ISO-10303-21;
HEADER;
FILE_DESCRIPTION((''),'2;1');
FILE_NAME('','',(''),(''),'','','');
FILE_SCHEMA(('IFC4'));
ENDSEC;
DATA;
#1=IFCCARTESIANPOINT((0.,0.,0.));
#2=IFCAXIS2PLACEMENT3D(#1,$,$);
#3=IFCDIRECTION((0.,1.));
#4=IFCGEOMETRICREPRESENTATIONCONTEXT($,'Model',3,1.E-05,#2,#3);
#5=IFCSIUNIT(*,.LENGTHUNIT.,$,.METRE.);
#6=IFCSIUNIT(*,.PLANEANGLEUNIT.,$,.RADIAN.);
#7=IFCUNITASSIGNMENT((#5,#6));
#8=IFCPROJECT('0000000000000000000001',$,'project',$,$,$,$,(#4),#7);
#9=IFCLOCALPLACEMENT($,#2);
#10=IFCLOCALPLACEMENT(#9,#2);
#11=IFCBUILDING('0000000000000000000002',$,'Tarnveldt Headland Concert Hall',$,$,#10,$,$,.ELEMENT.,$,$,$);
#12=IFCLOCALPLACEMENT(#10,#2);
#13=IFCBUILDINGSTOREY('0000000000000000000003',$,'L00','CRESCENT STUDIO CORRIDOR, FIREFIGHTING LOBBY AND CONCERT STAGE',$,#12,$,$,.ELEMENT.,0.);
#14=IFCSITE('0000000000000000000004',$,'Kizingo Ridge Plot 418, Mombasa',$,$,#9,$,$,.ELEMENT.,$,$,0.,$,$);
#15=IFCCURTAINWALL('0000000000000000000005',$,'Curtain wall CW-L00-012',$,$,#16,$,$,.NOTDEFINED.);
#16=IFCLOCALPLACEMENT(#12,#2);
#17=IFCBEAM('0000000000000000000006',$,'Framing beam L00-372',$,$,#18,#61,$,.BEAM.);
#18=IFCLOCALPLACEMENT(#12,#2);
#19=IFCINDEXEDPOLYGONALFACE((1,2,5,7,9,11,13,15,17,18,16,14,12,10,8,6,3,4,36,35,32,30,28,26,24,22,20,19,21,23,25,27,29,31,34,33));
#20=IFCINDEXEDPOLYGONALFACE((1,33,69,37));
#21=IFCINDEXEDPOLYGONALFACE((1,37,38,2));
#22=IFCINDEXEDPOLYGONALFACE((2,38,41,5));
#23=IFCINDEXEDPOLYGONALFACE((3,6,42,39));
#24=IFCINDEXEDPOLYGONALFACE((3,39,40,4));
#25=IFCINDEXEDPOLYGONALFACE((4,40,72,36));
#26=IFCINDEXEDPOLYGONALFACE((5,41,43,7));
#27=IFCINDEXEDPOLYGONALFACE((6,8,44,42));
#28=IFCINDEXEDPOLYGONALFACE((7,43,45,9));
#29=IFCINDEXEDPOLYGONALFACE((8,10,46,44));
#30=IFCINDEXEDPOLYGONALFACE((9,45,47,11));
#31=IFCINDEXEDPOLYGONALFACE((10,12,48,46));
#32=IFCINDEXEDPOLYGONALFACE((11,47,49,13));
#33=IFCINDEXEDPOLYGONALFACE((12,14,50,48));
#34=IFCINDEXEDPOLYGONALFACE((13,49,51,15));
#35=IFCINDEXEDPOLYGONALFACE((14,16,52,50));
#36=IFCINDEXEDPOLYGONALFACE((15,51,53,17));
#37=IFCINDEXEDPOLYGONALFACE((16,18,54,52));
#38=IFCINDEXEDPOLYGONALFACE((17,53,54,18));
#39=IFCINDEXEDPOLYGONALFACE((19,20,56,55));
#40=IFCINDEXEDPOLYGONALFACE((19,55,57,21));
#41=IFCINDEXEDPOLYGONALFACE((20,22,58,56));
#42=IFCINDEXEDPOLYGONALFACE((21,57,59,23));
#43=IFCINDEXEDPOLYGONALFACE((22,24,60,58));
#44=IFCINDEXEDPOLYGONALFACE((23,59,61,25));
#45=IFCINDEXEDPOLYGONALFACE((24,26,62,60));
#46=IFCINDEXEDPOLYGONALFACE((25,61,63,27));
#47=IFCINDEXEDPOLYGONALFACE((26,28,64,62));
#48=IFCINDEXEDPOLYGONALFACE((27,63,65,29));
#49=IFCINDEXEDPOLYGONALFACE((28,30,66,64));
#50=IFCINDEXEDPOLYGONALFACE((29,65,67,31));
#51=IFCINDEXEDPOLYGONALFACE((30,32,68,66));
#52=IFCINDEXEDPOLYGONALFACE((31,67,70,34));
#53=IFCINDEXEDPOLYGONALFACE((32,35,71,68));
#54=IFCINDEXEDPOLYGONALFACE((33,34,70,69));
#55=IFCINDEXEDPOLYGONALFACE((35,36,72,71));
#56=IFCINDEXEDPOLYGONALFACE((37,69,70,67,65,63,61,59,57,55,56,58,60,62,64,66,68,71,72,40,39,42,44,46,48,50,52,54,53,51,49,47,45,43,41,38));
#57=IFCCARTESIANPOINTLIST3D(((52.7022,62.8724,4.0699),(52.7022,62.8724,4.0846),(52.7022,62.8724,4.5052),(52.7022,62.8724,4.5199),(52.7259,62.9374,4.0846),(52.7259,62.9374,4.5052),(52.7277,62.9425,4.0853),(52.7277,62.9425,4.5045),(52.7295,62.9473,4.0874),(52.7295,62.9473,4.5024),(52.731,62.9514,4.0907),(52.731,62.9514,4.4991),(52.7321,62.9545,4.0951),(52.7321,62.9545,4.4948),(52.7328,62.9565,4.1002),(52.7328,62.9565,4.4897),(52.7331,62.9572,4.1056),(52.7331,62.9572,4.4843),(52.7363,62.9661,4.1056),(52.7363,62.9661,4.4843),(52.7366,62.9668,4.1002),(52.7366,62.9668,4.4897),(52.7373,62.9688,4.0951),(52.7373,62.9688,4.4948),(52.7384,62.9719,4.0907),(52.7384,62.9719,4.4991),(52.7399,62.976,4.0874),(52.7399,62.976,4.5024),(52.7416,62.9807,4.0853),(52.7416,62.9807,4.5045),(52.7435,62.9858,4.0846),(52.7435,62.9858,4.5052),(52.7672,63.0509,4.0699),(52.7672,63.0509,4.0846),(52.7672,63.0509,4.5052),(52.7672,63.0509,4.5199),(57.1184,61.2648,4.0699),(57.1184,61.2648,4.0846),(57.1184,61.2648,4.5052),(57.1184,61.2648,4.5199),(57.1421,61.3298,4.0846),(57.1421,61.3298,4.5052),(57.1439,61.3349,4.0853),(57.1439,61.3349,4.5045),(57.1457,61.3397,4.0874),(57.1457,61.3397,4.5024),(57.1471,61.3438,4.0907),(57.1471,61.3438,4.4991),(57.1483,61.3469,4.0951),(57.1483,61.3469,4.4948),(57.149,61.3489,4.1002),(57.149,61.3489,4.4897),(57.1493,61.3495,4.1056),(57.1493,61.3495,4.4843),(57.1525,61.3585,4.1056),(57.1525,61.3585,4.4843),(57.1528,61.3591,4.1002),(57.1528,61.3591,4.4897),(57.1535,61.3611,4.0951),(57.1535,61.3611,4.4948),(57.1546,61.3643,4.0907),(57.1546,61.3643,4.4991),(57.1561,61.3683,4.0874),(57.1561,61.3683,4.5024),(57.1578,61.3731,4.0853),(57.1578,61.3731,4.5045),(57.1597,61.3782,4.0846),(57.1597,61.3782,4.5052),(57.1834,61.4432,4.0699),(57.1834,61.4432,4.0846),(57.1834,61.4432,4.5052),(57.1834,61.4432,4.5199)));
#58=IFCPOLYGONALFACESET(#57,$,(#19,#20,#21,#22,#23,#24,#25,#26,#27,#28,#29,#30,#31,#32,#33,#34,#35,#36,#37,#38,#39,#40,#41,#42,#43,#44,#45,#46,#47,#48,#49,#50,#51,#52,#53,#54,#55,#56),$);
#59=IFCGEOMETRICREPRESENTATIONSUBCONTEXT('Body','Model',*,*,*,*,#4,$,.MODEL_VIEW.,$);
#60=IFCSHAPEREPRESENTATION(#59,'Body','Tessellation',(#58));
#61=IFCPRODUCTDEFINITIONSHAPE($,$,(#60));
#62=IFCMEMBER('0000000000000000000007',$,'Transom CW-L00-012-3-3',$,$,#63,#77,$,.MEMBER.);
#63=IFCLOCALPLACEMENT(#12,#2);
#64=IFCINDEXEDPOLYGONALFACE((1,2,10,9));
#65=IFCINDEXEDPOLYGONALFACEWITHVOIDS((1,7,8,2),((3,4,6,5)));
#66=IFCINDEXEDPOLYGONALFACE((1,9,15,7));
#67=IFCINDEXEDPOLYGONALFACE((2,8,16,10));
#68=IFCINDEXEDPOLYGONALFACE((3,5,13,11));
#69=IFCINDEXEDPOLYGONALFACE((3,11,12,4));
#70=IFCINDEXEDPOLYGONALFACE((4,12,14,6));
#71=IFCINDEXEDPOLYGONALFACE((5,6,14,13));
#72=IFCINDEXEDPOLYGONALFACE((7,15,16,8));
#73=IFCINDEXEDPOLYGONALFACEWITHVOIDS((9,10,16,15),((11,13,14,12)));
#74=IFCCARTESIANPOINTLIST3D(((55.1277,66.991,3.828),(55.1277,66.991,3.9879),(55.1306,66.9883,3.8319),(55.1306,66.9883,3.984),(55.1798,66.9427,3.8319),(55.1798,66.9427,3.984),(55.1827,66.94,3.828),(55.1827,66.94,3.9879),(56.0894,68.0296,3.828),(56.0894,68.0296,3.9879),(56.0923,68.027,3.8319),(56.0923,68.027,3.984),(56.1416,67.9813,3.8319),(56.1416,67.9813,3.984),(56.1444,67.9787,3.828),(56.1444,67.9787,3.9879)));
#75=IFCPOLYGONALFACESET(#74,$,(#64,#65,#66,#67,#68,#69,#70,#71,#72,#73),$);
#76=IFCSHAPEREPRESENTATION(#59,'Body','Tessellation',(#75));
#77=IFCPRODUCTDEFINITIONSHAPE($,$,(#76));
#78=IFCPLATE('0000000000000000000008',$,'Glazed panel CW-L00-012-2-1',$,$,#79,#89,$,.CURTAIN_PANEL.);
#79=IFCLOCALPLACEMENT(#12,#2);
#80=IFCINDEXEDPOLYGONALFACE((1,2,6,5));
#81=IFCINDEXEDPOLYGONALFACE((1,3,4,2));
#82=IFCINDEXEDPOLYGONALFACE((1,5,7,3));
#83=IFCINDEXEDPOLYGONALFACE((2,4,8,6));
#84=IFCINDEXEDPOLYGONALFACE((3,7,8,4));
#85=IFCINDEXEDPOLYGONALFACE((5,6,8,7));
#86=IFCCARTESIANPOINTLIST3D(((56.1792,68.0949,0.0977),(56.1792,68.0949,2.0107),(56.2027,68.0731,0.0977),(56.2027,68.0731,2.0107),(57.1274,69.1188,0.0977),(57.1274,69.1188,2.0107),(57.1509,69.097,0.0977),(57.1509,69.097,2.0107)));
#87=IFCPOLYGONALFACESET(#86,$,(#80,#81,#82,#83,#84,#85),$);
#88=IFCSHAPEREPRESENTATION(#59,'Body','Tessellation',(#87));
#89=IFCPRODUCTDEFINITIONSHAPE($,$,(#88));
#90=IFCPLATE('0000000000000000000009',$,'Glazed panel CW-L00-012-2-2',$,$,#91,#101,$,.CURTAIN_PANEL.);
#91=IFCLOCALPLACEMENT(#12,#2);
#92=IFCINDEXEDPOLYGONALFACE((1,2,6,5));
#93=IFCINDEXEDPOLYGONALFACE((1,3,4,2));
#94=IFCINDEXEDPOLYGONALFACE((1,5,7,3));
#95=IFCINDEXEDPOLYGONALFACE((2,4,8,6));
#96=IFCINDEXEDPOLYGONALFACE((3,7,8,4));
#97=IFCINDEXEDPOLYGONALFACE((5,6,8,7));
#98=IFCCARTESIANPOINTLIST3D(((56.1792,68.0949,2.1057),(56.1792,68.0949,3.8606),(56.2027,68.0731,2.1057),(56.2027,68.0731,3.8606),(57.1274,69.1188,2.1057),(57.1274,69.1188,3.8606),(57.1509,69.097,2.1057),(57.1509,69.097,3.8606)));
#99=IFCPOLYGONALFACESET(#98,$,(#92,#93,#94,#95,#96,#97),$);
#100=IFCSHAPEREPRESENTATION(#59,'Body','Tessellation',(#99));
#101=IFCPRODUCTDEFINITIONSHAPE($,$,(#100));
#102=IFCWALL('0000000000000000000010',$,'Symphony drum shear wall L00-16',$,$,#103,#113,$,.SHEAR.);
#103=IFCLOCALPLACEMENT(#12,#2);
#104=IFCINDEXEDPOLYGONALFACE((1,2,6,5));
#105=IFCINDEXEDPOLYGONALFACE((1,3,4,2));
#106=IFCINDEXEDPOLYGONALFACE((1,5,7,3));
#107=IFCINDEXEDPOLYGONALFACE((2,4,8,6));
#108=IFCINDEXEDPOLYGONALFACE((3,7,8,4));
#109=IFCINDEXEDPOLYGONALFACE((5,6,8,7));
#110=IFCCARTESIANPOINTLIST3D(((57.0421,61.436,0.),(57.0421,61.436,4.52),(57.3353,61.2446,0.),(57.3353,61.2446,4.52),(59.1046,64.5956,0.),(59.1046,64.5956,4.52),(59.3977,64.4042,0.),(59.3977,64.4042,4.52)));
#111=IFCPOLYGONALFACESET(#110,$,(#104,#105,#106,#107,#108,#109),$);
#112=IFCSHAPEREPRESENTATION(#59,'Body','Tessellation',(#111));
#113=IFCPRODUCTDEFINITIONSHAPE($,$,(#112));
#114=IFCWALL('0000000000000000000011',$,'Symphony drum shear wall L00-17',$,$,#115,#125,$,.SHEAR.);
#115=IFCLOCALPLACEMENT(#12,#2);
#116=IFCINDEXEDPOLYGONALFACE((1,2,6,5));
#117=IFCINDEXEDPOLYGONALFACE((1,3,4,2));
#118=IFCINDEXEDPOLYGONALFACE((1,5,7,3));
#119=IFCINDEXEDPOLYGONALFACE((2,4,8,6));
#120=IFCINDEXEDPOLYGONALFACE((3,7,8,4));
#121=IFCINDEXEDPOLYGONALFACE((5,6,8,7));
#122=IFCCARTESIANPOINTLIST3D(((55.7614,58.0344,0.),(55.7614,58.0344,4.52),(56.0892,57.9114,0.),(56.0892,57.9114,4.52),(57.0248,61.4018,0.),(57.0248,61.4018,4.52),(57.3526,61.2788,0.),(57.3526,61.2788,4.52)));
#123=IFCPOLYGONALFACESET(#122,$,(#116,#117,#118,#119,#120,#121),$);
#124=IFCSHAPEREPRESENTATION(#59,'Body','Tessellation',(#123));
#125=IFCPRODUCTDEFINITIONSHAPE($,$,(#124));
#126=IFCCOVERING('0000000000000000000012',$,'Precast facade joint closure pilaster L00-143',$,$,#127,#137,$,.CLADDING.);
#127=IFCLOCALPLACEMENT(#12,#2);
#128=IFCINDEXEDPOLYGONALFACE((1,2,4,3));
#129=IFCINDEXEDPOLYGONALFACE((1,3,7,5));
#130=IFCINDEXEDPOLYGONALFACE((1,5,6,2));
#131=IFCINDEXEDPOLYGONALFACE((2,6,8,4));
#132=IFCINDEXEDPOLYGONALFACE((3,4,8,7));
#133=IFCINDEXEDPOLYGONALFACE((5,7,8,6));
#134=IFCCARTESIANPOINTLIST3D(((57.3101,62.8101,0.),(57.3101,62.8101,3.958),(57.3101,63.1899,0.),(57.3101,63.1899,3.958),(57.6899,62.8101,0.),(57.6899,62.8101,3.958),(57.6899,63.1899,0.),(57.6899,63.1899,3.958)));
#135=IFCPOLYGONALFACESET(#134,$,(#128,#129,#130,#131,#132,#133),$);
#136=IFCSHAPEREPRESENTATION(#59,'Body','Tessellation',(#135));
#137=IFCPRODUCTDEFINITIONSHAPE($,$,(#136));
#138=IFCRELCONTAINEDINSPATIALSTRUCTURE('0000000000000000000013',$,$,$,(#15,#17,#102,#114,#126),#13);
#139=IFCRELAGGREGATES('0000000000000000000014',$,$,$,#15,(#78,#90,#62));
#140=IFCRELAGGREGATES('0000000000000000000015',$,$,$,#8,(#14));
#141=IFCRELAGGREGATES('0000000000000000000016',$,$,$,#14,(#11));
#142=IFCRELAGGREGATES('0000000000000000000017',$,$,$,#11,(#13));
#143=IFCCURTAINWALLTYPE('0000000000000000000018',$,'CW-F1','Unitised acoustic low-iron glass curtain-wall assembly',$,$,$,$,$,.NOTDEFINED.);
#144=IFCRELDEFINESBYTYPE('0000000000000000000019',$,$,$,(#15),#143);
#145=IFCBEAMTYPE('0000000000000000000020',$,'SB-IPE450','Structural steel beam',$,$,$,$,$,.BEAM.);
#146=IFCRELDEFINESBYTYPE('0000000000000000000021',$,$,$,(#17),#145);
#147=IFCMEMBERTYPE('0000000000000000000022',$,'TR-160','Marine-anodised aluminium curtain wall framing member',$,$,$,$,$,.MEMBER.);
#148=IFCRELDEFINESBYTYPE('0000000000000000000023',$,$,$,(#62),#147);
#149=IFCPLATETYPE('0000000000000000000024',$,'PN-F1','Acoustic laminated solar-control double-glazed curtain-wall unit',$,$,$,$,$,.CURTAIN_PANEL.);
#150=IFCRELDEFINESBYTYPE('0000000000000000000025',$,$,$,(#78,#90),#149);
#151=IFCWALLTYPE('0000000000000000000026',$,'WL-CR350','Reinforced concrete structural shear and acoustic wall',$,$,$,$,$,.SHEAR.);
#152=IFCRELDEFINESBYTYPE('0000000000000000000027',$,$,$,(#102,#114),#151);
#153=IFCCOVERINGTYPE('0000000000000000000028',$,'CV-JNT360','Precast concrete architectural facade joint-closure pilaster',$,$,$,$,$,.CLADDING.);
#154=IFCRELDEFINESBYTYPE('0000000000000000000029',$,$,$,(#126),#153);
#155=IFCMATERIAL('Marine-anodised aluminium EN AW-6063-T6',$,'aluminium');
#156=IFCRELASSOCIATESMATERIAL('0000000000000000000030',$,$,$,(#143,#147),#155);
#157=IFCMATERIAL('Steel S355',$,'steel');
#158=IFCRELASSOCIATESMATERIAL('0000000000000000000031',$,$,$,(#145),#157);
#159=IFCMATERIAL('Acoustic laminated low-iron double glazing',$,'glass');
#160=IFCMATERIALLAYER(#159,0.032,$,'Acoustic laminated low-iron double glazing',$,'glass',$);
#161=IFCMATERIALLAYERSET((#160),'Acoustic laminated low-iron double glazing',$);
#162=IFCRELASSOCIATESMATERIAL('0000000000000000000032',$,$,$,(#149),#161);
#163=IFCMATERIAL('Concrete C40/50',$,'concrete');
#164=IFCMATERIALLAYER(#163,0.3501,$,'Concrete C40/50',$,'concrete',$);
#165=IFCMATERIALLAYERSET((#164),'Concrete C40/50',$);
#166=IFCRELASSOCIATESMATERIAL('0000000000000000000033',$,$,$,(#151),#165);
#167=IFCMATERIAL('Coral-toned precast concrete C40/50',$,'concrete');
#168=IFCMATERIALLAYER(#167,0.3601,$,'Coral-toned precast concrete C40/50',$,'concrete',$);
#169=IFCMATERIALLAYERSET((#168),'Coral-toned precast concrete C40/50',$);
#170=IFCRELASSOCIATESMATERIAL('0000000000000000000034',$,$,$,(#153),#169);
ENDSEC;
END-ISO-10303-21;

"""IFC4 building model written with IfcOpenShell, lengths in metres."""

from ifc_helpers import new_model, si_unit, direction, frame, frame_2d, origin, origin_2d, place, context, subcontext, project, spatial, rectangle, hollow_rectangle, i_section, extrude, material, layer, layer_set, material_profile, profile_set, type_object, element, aggregate, save


model = new_model("IFC4")

# Units and contexts
model_context = context("Model", 3, precision=1e-05, world=origin(), true_north=direction((0.0, 1.0)))
body_context = subcontext(model_context, "Body", "Model", "MODEL_VIEW")
ifc_project = project(units=[si_unit("LENGTHUNIT", "METRE"), si_unit("PLANEANGLEUNIT", "RADIAN")], contexts=[model_context])

# Site, building, storey
site_placement = place(None, origin())
site = spatial("IfcSite", under=ifc_project, at=site_placement, Name="Kizingo Ridge Plot 418, Mombasa", CompositionType="ELEMENT", RefElevation=0.0)
building_placement = place(site_placement, origin())
building = spatial("IfcBuilding", under=site, at=building_placement, Name="Tarnveldt Headland Concert Hall", CompositionType="ELEMENT")
storey_placement = place(building_placement, origin())
storey = spatial("IfcBuildingStorey", under=building, at=storey_placement, Name="L00", Description="CRESCENT STUDIO CORRIDOR, FIREFIGHTING LOBBY AND CONCERT STAGE", CompositionType="ELEMENT", Elevation=0.0)

# Shared definitions
ifc_material_1 = material(Name="Concrete C40/50", Category="concrete")

# Curtain wall
ifc_material_2 = material(Name="Marine-anodised aluminium EN AW-6063-T6", Category="aluminium")
curtain_wall_type = type_object("IfcCurtainWallType", Name="CW-F1", Description="Unitised acoustic low-iron glass curtain-wall assembly", PredefinedType="NOTDEFINED", material=ifc_material_2)
curtain_wall_placement = place(storey_placement, origin())
curtain_wall = element("IfcCurtainWall", 1, at=curtain_wall_placement, inside=storey, type_object=curtain_wall_type, Name="Curtain wall CW-L00-012", PredefinedType="NOTDEFINED")

# Beam
ifc_material_3 = material(Name="Steel S355", Category="steel")
ifc_material_profile_1 = material_profile(ifc_material_3, i_section(OverallWidth=0.1899, OverallDepth=0.45, WebThickness=0.0095, FlangeThickness=0.0146, FilletRadius=0.021, at=origin_2d()), Name="IPE450", Category="steel")
ifc_profile_set_1 = profile_set([ifc_material_profile_1], Name="Steel S355")
beam_type_1 = type_object("IfcBeamType", Name="SB-IPE450", Description="Structural steel beam", PredefinedType="BEAM", material=ifc_profile_set_1)
beam_1_placement = place(storey_placement, frame((57.1509, 61.354, 4.2949), z_axis=(-0.939674, 0.342073, 0.0), x_axis=(-0.342073, -0.939674, 0.0)))
element("IfcBeam", 2, at=beam_1_placement, inside=storey, type_object=beam_type_1, Name="Framing beam L00-372", PredefinedType="BEAM", context=body_context, shape_type="SweptSolid", body=[
    extrude(i_section(OverallWidth=0.1899, OverallDepth=0.45, WebThickness=0.0095, FlangeThickness=0.0146, FilletRadius=0.021, at=origin_2d()), origin(), (0.0, 0.0, 1.0), 4.6997),
])

# Member
ifc_material_profile_2 = material_profile(ifc_material_2, hollow_rectangle(XDim=0.075, YDim=0.1599, WallThickness=0.0039, at=origin_2d()), Name="ALU TRANSOM 75x160x4", Category="aluminium")
ifc_profile_set_2 = profile_set([ifc_material_profile_2], Name="Marine-anodised aluminium EN AW-6063-T6")
member_type_1 = type_object("IfcMemberType", Name="TR-160", Description="Marine-anodised aluminium curtain wall framing member", PredefinedType="MEMBER", material=ifc_profile_set_2)
member_1_placement = place(storey_placement, frame((56.1169, 68.0042, 3.908), z_axis=(-0.679418, -0.733751, 0.0), x_axis=(0.733751, -0.679418, 0.0)))
member_1 = element("IfcMember", 3, at=member_1_placement, type_object=member_type_1, Name="Transom CW-L00-012-3-3", PredefinedType="MEMBER", context=body_context, shape_type="SweptSolid", body=[
    extrude(hollow_rectangle(XDim=0.075, YDim=0.1599, WallThickness=0.0039, at=origin_2d()), origin(), (0.0, 0.0, 1.0), 1.4155),
])

# Plates
ifc_material_4 = material(Name="Acoustic laminated low-iron double glazing", Category="glass")
ifc_layer_1 = layer(ifc_material_4, 0.032, Name="Acoustic laminated low-iron double glazing", Category="glass")
ifc_layer_set_1 = layer_set([ifc_layer_1], Name="Acoustic laminated low-iron double glazing")
plate_type = type_object("IfcPlateType", Name="PN-F1", Description="Acoustic laminated solar-control double-glazed curtain-wall unit", PredefinedType="CURTAIN_PANEL", material=ifc_layer_set_1)
plate_1_placement = place(storey_placement, frame((56.665, 68.5959, 0.0977), z_axis=(0.0, 0.0, 1.0), x_axis=(-0.679454, -0.733718, 0.0)))
plate_1 = element("IfcPlate", 4, at=plate_1_placement, type_object=plate_type, Name="Glazed panel CW-L00-012-2-1", PredefinedType="CURTAIN_PANEL", context=body_context, shape_type="SweptSolid", body=[
    extrude(rectangle(XDim=1.3955, YDim=0.032, at=origin_2d()), origin(), (0.0, 0.0, 1.0), 1.9131),
])
plate_2_placement = place(storey_placement, frame((56.665, 68.5959, 2.1057), z_axis=(0.0, 0.0, 1.0), x_axis=(-0.679454, -0.733718, 0.0)))
plate_2 = element("IfcPlate", 5, at=plate_2_placement, type_object=plate_type, Name="Glazed panel CW-L00-012-2-2", PredefinedType="CURTAIN_PANEL", context=body_context, shape_type="SweptSolid", body=[
    extrude(rectangle(XDim=1.3955, YDim=0.032, at=origin_2d()), origin(), (0.0, 0.0, 1.0), 1.7549),
])
aggregate(curtain_wall, [plate_1, plate_2, member_1])

# Walls
ifc_layer_2 = layer(ifc_material_1, 0.3501, Name="Concrete C40/50", Category="concrete")
ifc_layer_set_2 = layer_set([ifc_layer_2], Name="Concrete C40/50")
wall_type_1 = type_object("IfcWallType", Name="WL-CR350", Description="Reinforced concrete structural shear and acoustic wall", PredefinedType="SHEAR", material=ifc_layer_set_2)
wall_1_placement = place(storey_placement, frame((59.2512, 64.5, 0.0), z_axis=(0.0, 0.0, 1.0), x_axis=(-0.546611, -0.837387, 0.0)))
element("IfcWall", 6, at=wall_1_placement, inside=storey, type_object=wall_type_1, Name="Symphony drum shear wall L00-16", PredefinedType="SHEAR", context=body_context, shape_type="SweptSolid", body=[
    extrude(rectangle(XDim=3.7732, YDim=0.3501, at=frame_2d((1.8867, 0.0))), origin(), (0.0, 0.0, 1.0), 4.52),
])
wall_2_placement = place(storey_placement, frame((57.1887, 61.3403, 0.0), z_axis=(0.0, 0.0, 1.0), x_axis=(-0.35128, -0.936271, 0.0)))
element("IfcWall", 7, at=wall_2_placement, inside=storey, type_object=wall_type_1, Name="Symphony drum shear wall L00-17", PredefinedType="SHEAR", context=body_context, shape_type="SweptSolid", body=[
    extrude(rectangle(XDim=3.5967, YDim=0.3501, at=frame_2d((1.7983, 0.0))), origin(), (0.0, 0.0, 1.0), 4.52),
])

# Covering
ifc_material_5 = material(Name="Coral-toned precast concrete C40/50", Category="concrete")
ifc_layer_3 = layer(ifc_material_5, 0.3601, Name="Coral-toned precast concrete C40/50", Category="concrete")
ifc_layer_set_3 = layer_set([ifc_layer_3], Name="Coral-toned precast concrete C40/50")
covering_type = type_object("IfcCoveringType", Name="CV-JNT360", Description="Precast concrete architectural facade joint-closure pilaster", PredefinedType="CLADDING", material=ifc_layer_set_3)
covering_placement = place(storey_placement, frame((57.5, 63.0, 0.0), z_axis=(0.0, 0.0, 1.0), x_axis=(0.0, -1.0, 0.0)))
element("IfcCovering", 8, at=covering_placement, inside=storey, type_object=covering_type, Name="Precast facade joint closure pilaster L00-143", PredefinedType="CLADDING", context=body_context, shape_type="SweptSolid", body=[
    extrude(rectangle(XDim=0.3799, YDim=0.3799, at=origin_2d()), origin(), (0.0, 0.0, 1.0), 3.958),
])

save(model, "model.ifc")
